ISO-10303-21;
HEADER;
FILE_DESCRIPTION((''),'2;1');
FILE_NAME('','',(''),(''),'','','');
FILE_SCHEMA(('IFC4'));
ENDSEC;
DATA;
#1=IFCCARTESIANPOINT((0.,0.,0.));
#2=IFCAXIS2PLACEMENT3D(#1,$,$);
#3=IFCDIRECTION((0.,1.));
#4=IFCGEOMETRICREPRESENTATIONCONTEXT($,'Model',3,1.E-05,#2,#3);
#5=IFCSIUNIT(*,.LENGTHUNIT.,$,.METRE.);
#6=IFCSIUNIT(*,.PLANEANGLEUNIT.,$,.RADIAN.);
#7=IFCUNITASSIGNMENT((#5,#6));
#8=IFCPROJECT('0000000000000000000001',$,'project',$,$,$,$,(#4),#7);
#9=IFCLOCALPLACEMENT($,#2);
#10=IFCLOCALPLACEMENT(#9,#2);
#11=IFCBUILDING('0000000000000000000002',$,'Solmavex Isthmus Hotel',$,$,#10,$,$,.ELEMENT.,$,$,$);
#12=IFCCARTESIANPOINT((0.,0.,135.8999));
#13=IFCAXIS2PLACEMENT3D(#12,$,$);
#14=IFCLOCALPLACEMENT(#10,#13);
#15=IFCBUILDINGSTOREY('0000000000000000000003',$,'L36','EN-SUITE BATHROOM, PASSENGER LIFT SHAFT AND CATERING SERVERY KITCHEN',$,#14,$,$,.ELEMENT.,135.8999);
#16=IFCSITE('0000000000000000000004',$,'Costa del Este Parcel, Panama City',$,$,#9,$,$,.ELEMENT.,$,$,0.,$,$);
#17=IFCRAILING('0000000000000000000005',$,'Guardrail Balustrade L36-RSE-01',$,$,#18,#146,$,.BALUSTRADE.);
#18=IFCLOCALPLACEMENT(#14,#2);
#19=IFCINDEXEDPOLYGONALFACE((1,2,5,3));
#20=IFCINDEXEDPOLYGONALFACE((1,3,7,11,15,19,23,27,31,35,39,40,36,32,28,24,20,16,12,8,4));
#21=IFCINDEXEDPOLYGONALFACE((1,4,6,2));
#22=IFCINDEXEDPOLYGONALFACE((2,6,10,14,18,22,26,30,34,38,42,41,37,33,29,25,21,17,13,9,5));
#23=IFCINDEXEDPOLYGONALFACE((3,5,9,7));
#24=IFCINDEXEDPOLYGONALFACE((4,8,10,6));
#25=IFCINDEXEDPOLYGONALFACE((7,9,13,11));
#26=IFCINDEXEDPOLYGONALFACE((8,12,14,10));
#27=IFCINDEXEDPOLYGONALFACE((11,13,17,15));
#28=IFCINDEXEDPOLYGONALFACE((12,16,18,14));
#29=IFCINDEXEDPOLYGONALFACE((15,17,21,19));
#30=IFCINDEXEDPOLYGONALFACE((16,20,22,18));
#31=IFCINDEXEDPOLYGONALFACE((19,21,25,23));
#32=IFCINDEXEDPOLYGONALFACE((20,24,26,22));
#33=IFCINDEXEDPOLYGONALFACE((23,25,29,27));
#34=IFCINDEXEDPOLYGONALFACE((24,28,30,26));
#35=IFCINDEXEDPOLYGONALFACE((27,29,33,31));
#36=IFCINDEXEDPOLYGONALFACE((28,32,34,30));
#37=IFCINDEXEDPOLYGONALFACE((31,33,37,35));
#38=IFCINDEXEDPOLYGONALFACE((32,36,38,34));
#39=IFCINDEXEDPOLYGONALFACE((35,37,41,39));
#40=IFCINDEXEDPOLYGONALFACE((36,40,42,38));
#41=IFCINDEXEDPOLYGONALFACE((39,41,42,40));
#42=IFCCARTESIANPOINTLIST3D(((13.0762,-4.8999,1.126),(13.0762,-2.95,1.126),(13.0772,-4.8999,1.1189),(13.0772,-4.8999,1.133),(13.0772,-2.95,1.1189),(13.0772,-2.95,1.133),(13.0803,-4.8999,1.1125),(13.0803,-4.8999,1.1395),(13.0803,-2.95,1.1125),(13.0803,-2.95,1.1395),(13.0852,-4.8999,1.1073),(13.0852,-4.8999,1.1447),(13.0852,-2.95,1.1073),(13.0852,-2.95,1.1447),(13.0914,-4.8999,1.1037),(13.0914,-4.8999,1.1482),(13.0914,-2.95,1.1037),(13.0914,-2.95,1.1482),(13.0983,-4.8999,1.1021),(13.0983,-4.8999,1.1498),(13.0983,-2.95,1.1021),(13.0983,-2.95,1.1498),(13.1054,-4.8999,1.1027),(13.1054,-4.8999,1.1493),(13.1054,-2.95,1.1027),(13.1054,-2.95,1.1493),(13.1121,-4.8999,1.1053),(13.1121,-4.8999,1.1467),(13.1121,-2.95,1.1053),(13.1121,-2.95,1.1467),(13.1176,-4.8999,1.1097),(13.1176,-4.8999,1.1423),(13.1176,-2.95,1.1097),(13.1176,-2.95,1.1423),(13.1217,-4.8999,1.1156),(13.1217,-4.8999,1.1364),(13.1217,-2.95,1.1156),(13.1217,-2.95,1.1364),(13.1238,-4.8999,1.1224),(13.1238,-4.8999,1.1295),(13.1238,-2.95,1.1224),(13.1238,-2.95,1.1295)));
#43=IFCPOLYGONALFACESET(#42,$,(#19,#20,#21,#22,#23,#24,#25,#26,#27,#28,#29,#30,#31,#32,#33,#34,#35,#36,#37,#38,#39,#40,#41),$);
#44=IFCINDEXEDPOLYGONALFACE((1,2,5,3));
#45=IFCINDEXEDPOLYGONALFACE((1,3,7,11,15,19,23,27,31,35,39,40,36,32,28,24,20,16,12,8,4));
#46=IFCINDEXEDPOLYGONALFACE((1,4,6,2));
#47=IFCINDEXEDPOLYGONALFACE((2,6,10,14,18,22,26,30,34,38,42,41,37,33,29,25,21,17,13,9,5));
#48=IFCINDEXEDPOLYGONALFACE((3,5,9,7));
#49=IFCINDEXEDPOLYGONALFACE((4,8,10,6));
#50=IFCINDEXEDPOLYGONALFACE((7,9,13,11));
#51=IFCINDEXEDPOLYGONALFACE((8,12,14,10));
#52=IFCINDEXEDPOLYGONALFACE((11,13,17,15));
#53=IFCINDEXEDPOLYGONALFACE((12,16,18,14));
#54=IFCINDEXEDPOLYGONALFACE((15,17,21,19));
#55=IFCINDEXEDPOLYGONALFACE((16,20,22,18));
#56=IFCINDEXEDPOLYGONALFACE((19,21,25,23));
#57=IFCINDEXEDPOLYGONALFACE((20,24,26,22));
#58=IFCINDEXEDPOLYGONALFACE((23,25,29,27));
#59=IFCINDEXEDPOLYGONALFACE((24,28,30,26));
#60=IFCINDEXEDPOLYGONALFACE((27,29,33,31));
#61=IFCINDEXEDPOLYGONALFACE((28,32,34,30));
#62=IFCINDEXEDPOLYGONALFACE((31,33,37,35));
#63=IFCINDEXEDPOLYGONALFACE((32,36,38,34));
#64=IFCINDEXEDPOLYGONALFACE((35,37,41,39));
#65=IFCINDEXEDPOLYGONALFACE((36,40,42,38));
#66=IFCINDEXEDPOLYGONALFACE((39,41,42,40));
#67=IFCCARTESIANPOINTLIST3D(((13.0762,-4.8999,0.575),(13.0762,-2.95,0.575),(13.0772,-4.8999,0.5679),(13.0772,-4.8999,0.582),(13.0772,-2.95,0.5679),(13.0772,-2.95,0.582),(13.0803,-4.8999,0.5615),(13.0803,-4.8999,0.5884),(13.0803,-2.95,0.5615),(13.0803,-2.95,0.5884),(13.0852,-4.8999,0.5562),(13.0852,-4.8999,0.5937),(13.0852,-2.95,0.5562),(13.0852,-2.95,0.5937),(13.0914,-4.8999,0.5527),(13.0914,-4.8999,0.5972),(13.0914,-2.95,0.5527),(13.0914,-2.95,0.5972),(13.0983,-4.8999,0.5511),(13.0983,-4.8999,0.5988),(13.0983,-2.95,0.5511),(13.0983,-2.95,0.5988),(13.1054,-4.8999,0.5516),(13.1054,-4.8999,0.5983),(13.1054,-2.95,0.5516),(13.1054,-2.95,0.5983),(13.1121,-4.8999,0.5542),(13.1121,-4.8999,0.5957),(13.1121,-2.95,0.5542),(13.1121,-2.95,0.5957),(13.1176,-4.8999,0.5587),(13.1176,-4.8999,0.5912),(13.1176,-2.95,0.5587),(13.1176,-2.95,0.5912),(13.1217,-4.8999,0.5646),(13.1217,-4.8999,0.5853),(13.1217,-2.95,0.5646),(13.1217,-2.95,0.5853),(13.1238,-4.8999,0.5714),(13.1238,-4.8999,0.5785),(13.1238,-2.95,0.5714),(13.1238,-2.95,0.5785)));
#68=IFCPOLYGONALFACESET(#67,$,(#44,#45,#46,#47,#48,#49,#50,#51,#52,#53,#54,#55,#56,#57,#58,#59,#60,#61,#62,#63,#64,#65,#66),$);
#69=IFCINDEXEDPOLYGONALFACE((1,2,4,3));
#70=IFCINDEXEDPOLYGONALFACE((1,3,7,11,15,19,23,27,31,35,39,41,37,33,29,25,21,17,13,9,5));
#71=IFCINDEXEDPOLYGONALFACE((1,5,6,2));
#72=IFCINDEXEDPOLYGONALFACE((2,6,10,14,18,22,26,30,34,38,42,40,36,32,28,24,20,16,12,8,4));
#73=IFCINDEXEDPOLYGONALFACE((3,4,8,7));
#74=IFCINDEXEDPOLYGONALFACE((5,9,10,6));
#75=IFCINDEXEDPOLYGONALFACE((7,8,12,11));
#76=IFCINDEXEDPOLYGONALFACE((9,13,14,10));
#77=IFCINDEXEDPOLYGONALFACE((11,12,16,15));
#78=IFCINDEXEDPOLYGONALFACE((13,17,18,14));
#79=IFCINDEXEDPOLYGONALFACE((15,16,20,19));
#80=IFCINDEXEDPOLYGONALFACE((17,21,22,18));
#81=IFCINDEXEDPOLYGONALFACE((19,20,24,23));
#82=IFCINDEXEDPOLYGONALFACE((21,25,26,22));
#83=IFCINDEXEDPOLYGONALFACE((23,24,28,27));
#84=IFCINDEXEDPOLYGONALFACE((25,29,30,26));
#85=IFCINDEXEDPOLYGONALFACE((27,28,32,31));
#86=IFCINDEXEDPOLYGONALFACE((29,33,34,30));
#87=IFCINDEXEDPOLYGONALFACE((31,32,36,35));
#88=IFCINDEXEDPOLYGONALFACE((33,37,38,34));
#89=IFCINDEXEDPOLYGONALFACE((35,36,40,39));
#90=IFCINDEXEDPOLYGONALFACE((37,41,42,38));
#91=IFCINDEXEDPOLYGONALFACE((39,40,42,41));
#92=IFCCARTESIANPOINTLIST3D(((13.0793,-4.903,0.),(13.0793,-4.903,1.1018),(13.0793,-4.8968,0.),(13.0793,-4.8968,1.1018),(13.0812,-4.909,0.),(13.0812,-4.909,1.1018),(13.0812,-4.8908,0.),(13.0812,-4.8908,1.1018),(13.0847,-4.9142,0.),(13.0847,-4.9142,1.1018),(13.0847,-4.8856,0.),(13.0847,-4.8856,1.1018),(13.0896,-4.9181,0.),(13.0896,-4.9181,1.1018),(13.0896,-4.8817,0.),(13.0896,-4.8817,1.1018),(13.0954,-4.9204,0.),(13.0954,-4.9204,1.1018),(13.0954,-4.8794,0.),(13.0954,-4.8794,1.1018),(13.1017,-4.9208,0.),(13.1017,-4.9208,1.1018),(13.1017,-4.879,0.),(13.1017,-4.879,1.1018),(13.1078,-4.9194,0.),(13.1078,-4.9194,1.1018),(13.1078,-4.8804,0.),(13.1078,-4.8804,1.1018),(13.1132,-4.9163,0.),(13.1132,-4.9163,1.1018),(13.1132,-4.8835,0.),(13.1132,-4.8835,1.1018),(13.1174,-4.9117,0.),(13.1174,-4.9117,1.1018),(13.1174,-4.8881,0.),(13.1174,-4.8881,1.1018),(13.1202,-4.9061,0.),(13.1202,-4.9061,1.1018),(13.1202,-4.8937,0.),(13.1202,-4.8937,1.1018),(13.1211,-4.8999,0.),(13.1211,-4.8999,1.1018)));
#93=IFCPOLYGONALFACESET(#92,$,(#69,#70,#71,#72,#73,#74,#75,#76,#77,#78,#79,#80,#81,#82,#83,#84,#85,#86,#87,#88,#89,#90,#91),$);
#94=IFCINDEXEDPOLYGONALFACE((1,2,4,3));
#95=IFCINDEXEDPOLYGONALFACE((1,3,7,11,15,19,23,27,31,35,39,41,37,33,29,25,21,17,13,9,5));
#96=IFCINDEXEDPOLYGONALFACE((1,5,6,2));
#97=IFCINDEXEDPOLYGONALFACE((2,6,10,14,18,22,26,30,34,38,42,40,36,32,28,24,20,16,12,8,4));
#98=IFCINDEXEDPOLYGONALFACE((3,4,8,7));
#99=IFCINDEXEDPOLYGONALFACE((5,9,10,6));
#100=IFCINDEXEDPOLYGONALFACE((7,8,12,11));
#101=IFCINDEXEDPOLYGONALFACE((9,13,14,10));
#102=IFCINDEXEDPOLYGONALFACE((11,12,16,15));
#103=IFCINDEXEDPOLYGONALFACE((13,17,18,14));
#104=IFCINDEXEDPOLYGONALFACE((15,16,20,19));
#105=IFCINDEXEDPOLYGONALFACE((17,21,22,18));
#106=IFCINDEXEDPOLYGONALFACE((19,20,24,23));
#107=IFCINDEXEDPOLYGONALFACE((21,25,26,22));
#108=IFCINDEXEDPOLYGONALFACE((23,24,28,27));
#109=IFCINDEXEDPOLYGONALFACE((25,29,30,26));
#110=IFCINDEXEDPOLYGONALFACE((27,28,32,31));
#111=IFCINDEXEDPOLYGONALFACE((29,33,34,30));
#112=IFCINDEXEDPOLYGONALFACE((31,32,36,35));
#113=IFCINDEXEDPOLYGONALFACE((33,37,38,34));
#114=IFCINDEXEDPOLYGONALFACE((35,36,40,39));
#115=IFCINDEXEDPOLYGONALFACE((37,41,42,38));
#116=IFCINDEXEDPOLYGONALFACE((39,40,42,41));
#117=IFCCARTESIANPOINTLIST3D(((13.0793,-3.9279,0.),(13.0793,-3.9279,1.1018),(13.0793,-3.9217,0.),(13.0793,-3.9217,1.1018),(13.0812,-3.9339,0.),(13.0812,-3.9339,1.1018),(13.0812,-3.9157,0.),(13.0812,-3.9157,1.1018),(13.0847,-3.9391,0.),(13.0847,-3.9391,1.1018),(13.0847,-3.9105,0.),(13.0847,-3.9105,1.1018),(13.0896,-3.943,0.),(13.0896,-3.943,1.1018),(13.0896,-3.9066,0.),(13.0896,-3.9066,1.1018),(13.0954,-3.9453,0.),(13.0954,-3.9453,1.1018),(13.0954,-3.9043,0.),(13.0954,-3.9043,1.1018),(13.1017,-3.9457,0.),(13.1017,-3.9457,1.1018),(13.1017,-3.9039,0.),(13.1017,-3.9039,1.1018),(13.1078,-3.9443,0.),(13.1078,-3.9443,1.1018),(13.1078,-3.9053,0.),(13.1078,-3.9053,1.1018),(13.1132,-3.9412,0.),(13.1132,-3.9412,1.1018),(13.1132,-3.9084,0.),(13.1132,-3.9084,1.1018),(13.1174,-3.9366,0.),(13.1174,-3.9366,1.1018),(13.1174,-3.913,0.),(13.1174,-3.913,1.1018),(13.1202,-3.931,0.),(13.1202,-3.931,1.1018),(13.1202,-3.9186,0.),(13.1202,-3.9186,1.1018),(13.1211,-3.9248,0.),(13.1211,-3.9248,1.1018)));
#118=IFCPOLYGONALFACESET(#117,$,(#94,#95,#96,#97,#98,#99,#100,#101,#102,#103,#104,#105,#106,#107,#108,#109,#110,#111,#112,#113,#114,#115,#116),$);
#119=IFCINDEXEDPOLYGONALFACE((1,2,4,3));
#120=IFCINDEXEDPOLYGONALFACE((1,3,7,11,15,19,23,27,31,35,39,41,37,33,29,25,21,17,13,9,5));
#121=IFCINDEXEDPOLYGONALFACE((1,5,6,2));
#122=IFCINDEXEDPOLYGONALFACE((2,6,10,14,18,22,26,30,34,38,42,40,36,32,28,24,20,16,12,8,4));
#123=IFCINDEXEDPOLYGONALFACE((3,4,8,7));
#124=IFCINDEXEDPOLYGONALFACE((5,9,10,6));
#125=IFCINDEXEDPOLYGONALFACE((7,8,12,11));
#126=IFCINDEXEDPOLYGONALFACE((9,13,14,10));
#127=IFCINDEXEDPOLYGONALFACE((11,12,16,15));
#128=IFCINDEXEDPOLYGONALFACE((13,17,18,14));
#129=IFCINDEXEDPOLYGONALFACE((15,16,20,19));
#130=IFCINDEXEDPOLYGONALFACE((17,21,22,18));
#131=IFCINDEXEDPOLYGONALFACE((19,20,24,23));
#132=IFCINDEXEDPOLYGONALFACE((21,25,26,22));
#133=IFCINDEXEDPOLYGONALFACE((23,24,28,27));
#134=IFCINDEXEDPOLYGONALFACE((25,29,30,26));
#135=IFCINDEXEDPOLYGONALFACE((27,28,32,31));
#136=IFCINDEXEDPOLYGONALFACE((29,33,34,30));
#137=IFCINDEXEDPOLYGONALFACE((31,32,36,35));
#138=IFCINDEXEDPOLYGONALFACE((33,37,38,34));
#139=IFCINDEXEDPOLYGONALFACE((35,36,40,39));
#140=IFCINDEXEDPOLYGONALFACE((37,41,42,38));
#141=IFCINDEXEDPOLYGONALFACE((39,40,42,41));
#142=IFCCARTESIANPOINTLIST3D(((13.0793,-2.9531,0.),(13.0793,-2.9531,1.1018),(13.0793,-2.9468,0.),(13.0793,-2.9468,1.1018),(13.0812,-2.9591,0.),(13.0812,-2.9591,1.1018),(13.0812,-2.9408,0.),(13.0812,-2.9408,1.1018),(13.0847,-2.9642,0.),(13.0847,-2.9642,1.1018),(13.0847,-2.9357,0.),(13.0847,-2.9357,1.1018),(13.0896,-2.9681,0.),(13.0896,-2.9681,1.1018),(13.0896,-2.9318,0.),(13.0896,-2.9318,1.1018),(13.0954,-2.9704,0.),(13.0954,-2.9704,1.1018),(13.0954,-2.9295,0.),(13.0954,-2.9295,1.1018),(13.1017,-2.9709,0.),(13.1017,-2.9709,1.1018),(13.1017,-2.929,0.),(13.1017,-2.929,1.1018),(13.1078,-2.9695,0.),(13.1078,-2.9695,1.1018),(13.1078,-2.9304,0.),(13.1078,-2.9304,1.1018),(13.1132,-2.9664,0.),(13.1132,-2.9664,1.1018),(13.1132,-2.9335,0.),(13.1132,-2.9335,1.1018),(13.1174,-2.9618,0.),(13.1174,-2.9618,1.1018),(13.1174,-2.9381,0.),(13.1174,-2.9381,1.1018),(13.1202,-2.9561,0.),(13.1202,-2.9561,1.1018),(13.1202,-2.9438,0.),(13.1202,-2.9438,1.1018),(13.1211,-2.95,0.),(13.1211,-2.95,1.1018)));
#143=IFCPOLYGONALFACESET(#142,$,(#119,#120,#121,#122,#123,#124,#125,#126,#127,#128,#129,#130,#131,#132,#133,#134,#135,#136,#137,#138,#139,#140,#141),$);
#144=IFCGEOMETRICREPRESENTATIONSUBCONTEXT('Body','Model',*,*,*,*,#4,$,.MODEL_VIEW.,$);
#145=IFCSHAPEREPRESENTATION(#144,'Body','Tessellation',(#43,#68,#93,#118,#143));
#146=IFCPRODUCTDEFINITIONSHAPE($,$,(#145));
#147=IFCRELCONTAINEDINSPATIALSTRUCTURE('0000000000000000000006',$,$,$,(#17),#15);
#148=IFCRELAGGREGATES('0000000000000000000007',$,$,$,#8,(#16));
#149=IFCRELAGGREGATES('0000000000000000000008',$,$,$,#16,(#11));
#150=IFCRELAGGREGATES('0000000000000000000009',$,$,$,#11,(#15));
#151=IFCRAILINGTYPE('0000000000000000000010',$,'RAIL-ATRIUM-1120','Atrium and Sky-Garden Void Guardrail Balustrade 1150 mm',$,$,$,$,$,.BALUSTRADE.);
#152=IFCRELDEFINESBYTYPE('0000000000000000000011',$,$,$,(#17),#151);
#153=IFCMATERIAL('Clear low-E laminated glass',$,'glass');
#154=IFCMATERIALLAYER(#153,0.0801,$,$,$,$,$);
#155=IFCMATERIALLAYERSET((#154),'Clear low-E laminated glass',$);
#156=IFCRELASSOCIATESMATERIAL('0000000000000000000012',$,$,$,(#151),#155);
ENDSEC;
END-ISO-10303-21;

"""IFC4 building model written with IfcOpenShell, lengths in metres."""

from ifc_helpers import new_model, si_unit, direction, frame, origin, origin_2d, place, context, subcontext, project, spatial, circle, extrude, material, layer, layer_set, type_object, element, save


model = new_model("IFC4")

# Units and contexts
model_context = context("Model", 3, precision=1e-05, world=origin(), true_north=direction((0.0, 1.0)))
body_context = subcontext(model_context, "Body", "Model", "MODEL_VIEW")
ifc_project = project(units=[si_unit("LENGTHUNIT", "METRE"), si_unit("PLANEANGLEUNIT", "RADIAN")], contexts=[model_context])

# Site, building, storey
site_placement = place(None, origin())
site = spatial("IfcSite", under=ifc_project, at=site_placement, Name="Costa del Este Parcel, Panama City", CompositionType="ELEMENT", RefElevation=0.0)
building_placement = place(site_placement, origin())
building = spatial("IfcBuilding", under=site, at=building_placement, Name="Solmavex Isthmus Hotel", CompositionType="ELEMENT")
storey_placement = place(building_placement, frame((0.0, 0.0, 135.8999)))
storey = spatial("IfcBuildingStorey", under=building, at=storey_placement, Name="L36", Description="EN-SUITE BATHROOM, PASSENGER LIFT SHAFT AND CATERING SERVERY KITCHEN", CompositionType="ELEMENT", Elevation=135.8999)

# Railing
ifc_material_1 = material(Name="Clear low-E laminated glass", Category="glass")
ifc_layer_1 = layer(ifc_material_1, 0.0801)
ifc_layer_set_1 = layer_set([ifc_layer_1], Name="Clear low-E laminated glass")
railing_type_1 = type_object("IfcRailingType", Name="RAIL-ATRIUM-1120", Description="Atrium and Sky-Garden Void Guardrail Balustrade 1150 mm", PredefinedType="BALUSTRADE", material=ifc_layer_set_1)
railing_1_placement = place(storey_placement, frame((13.1001, -4.8999, 0.0)))
element("IfcRailing", 1, at=railing_1_placement, inside=storey, type_object=railing_type_1, Name="Guardrail Balustrade L36-RSE-01", PredefinedType="BALUSTRADE", context=body_context, shape_type="SweptSolid", body=[
    extrude(circle(Radius=0.0239, at=origin_2d()), frame((0.0, 0.0, 1.126), z_axis=(0.0, 1.0, 0.0), x_axis=(-1.0, 0.0, 0.0)), (0.0, 0.0, 1.0), 1.95),
    extrude(circle(Radius=0.0239, at=origin_2d()), frame((0.0, 0.0, 0.575), z_axis=(0.0, 1.0, 0.0), x_axis=(-1.0, 0.0, 0.0)), (0.0, 0.0, 1.0), 1.95),
    extrude(circle(Radius=0.021, at=origin_2d()), origin(), (0.0, 0.0, 1.0), 1.1018),
    extrude(circle(Radius=0.021, at=origin_2d()), frame((0.0, 0.9751, 0.0)), (0.0, 0.0, 1.0), 1.1018),
    extrude(circle(Radius=0.021, at=origin_2d()), frame((0.0, 1.95, 0.0)), (0.0, 0.0, 1.0), 1.1018),
])

save(model, "model.ifc")
